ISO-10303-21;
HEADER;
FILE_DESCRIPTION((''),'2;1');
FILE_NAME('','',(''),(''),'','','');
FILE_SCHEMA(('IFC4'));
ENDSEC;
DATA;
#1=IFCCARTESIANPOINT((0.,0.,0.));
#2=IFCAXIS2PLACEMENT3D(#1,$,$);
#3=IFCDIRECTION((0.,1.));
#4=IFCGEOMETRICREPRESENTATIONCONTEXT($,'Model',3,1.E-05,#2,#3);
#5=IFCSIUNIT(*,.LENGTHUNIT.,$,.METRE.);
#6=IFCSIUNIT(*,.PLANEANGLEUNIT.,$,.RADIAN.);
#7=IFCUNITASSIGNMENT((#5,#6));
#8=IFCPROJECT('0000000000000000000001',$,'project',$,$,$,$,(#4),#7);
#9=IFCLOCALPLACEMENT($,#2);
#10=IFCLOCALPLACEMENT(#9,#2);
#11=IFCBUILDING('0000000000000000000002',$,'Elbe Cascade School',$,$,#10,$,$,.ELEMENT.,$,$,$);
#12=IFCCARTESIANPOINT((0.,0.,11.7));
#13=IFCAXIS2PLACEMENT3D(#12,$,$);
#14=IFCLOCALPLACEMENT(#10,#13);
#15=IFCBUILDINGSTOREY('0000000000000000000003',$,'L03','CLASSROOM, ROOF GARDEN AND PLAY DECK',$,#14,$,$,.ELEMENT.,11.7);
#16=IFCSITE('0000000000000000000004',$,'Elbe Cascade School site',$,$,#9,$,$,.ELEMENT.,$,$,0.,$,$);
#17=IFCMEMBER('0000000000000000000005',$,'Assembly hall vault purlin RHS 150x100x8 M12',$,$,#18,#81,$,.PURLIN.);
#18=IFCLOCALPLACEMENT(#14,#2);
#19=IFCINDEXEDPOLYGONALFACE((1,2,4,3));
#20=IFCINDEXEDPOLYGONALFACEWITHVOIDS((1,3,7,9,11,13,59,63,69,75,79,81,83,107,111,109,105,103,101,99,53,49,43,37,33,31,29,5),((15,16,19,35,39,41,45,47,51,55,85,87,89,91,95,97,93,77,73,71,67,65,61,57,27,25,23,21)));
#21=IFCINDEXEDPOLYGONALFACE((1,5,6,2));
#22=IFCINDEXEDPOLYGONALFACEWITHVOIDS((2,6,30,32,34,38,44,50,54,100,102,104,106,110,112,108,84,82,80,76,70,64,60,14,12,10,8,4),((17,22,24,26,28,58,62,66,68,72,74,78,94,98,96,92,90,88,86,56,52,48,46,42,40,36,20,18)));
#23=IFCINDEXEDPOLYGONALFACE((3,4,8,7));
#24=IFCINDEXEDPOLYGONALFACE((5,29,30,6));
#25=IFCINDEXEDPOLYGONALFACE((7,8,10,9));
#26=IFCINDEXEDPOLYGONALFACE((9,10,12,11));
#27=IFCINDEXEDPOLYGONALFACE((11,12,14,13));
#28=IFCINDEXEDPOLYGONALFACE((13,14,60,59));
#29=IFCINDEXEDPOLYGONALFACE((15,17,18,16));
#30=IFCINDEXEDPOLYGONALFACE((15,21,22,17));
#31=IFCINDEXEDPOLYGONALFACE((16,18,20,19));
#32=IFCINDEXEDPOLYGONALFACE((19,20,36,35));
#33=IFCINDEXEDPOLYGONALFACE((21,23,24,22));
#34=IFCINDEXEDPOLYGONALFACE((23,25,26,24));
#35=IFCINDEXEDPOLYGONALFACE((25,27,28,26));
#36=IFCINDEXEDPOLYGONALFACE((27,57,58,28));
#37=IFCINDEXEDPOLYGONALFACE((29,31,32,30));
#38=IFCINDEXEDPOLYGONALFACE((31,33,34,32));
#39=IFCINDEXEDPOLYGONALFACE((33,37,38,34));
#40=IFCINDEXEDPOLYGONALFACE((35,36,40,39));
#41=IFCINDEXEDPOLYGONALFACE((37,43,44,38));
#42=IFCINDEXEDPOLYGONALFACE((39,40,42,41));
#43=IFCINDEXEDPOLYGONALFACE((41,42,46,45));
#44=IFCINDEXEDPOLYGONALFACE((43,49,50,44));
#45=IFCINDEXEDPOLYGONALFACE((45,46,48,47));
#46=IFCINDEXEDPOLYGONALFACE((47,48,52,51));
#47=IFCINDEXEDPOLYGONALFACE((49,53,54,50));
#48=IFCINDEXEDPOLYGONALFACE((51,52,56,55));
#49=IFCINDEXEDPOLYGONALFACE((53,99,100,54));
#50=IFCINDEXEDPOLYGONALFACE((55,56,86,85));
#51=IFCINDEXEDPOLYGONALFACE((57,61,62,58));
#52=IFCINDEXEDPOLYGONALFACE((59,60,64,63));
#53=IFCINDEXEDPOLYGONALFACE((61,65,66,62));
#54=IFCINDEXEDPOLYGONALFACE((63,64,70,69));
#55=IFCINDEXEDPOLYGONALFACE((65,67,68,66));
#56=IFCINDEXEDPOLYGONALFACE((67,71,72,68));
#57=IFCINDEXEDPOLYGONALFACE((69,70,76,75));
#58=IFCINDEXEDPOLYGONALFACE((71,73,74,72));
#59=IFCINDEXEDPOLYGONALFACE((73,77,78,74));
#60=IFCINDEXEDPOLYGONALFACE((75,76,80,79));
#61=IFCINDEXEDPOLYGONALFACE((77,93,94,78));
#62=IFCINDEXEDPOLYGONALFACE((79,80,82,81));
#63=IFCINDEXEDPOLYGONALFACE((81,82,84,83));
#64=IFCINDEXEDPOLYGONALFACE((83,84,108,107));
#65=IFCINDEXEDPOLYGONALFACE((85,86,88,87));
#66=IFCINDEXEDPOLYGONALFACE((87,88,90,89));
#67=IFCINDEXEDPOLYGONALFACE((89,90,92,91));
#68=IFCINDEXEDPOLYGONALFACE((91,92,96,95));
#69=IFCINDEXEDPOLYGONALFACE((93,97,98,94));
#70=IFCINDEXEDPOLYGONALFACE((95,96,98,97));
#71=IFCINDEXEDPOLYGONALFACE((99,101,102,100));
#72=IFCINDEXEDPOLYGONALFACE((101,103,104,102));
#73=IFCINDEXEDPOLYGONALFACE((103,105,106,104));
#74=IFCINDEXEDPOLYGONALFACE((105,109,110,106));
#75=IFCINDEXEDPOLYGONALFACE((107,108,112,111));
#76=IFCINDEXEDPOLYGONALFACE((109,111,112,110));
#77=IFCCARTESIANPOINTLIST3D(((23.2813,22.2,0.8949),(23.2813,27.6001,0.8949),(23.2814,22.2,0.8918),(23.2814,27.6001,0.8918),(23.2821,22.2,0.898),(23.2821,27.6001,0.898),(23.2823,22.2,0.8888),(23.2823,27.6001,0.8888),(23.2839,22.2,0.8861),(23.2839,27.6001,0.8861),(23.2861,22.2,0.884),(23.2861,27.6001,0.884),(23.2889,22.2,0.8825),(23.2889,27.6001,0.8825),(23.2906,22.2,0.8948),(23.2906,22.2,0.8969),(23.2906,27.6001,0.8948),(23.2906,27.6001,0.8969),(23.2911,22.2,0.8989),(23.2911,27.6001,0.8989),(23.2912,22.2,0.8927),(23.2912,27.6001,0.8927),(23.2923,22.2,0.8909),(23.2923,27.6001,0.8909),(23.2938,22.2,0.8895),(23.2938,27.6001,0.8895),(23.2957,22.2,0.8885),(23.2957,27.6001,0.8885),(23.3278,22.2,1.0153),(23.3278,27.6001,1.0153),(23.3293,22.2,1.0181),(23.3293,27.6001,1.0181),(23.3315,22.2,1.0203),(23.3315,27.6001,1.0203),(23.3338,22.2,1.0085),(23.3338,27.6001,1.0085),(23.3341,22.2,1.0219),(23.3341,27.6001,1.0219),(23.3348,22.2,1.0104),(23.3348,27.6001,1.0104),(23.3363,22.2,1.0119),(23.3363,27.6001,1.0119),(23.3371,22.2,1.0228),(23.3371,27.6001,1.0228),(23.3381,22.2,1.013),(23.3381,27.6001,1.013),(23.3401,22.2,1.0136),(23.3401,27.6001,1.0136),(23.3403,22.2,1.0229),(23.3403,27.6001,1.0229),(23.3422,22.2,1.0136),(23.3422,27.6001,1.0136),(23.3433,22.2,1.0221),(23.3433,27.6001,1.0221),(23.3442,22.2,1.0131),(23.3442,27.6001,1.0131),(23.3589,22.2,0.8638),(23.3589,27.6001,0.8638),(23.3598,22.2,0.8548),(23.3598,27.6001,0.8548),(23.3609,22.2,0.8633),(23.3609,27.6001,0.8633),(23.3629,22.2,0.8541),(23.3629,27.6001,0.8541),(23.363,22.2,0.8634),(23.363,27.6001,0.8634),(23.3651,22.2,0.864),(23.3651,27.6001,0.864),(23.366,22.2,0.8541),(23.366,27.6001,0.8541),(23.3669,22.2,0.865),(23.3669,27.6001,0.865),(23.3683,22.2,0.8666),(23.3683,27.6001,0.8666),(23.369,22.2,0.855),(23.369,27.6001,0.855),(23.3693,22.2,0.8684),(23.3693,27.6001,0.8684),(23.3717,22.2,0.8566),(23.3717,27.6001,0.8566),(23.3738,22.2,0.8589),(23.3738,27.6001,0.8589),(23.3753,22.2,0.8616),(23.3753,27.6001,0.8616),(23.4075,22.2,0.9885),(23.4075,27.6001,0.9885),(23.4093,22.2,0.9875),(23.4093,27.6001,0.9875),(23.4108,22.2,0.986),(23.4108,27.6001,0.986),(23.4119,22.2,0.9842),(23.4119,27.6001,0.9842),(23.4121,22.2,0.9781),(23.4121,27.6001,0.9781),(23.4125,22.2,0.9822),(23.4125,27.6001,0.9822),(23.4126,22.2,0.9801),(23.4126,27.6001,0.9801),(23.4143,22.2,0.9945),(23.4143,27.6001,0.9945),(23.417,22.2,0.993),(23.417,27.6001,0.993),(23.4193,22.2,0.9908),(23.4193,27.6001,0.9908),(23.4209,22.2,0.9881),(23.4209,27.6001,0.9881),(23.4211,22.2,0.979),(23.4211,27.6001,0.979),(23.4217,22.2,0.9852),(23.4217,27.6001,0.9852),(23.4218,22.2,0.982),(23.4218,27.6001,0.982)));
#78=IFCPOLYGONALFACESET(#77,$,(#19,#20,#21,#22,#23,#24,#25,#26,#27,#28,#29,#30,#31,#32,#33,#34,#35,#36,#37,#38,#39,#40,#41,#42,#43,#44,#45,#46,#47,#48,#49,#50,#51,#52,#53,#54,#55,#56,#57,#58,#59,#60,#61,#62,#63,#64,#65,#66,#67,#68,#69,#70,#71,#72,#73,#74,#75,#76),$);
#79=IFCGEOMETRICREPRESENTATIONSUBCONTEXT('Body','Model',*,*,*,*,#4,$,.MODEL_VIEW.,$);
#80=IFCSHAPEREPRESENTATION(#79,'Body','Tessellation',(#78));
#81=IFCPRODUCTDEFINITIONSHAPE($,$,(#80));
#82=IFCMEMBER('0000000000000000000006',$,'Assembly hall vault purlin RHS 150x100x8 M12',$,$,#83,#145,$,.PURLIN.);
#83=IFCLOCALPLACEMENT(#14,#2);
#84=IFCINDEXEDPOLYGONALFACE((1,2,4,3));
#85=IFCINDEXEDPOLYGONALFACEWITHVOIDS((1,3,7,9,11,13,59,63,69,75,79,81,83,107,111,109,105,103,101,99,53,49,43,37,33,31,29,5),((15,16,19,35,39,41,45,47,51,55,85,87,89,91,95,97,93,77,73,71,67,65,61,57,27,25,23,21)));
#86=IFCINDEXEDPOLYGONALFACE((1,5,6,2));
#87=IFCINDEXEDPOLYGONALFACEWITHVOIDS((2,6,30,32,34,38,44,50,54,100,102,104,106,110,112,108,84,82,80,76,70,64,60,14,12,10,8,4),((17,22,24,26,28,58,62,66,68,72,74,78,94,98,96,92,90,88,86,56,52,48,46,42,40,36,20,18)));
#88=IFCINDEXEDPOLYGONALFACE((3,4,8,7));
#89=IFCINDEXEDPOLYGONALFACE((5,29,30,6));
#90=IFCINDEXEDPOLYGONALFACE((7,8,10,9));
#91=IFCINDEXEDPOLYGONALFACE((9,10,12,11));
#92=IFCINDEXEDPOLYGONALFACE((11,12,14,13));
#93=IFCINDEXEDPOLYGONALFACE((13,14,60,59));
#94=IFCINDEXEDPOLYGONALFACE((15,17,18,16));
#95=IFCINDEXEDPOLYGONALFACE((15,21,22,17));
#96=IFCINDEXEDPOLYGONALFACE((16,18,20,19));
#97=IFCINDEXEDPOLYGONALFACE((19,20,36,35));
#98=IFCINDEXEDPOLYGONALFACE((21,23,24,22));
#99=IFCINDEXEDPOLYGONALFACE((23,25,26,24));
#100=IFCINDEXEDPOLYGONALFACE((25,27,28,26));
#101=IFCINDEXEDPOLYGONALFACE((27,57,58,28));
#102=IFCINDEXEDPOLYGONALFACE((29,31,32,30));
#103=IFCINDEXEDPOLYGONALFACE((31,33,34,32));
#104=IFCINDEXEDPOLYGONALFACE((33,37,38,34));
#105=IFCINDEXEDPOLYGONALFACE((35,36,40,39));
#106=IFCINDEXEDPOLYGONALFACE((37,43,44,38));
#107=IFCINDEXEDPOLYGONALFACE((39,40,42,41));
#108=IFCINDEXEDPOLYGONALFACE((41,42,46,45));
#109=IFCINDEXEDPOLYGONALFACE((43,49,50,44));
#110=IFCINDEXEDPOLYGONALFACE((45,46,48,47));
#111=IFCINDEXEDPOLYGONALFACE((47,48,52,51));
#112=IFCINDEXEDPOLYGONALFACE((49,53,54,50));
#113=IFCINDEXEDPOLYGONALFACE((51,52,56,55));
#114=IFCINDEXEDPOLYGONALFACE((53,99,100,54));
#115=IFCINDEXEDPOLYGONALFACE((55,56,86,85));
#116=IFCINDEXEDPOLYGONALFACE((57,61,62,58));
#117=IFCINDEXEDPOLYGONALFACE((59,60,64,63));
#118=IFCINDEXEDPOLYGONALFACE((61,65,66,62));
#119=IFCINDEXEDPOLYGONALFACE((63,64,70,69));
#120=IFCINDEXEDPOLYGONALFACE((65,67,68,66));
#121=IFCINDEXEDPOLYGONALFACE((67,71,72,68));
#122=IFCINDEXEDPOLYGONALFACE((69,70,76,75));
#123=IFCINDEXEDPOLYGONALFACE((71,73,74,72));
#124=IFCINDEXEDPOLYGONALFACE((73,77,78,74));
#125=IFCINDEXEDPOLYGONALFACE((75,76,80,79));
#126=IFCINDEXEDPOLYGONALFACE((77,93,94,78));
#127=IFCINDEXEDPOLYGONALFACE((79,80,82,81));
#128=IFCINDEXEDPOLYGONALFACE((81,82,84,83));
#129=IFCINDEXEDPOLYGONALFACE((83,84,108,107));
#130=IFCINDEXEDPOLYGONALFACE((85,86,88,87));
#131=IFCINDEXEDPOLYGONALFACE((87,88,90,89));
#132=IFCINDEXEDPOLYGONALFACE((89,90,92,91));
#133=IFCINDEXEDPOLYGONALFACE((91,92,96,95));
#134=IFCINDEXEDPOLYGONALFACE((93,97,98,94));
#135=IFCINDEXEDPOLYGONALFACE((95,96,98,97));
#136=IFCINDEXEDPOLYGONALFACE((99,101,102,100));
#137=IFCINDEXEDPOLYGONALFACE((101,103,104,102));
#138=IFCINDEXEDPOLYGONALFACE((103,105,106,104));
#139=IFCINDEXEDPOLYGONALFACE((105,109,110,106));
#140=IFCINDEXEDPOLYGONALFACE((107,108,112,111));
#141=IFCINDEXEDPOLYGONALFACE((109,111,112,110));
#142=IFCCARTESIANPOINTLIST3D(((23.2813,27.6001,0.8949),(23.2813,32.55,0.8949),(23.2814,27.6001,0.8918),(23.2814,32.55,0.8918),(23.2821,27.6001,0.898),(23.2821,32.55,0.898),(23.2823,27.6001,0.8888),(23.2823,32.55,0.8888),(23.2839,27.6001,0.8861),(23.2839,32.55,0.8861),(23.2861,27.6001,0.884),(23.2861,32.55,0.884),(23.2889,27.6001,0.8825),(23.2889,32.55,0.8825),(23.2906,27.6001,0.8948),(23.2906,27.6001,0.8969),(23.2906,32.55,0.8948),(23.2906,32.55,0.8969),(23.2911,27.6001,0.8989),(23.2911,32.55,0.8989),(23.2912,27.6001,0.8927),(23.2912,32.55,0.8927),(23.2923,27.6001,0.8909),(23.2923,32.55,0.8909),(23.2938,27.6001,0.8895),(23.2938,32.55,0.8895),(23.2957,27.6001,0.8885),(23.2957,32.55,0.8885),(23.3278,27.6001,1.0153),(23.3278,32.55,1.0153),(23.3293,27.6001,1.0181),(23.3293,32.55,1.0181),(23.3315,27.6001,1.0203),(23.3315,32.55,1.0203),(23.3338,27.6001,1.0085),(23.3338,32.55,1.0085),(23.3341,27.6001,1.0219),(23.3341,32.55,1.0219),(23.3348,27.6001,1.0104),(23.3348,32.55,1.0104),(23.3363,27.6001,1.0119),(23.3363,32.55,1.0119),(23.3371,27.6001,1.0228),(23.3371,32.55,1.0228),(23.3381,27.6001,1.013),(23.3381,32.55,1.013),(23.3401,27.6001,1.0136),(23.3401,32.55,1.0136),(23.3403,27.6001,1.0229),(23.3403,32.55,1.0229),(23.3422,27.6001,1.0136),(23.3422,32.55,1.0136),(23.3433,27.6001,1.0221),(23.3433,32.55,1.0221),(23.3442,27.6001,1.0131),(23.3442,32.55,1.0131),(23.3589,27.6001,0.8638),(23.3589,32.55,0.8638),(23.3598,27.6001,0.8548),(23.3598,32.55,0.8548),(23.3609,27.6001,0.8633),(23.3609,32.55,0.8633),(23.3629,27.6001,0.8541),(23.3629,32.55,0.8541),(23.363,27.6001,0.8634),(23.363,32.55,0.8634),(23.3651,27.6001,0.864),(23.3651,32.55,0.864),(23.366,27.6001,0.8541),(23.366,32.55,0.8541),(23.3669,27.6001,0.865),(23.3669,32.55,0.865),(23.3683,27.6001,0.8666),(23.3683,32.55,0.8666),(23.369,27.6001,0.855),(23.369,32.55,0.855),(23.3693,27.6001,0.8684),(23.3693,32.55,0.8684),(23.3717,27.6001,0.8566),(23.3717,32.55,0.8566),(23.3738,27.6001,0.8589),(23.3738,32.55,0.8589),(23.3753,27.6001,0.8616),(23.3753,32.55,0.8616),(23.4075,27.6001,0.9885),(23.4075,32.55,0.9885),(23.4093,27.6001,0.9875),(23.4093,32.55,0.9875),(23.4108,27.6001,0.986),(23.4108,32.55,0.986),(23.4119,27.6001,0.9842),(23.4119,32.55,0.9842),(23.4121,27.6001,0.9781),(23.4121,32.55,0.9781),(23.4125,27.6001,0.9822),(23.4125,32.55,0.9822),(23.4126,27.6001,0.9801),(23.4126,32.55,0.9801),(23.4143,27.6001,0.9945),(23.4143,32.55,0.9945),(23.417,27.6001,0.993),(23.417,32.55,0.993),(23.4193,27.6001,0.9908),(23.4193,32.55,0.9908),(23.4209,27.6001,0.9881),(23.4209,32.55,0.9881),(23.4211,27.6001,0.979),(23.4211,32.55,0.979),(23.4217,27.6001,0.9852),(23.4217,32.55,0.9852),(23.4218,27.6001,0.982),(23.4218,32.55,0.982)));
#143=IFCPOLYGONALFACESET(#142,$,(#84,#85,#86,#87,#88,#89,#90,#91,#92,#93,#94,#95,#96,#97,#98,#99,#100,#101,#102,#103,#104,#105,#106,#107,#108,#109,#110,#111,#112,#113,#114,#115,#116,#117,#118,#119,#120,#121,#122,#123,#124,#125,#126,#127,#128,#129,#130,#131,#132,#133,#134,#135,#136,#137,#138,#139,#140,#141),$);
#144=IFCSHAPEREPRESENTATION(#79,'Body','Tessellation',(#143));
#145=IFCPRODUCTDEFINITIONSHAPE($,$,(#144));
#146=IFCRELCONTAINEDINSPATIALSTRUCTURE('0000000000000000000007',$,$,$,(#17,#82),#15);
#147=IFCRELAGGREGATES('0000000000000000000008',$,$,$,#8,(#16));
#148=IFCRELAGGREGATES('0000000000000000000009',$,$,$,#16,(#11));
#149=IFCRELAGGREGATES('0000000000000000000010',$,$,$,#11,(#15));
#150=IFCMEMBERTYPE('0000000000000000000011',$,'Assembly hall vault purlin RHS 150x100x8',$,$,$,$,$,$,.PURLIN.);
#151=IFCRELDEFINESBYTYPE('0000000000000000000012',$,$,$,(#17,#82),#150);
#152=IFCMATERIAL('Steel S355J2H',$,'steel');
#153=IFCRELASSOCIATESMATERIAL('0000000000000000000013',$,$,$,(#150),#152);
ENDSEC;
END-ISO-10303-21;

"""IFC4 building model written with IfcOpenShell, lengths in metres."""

from ifc_helpers import new_model, si_unit, direction, frame, origin, origin_2d, place, context, subcontext, project, spatial, hollow_rectangle, extrude, material, material_profile, profile_set, type_object, element, save


model = new_model("IFC4")

# Units and contexts
model_context = context("Model", 3, precision=1e-05, world=origin(), true_north=direction((0.0, 1.0)))
body_context = subcontext(model_context, "Body", "Model", "MODEL_VIEW")
ifc_project = project(units=[si_unit("LENGTHUNIT", "METRE"), si_unit("PLANEANGLEUNIT", "RADIAN")], contexts=[model_context])

# Site, building, storey
site_placement = place(None, origin())
site = spatial("IfcSite", under=ifc_project, at=site_placement, Name="Elbe Cascade School site", CompositionType="ELEMENT", RefElevation=0.0)
building_placement = place(site_placement, origin())
building = spatial("IfcBuilding", under=site, at=building_placement, Name="Elbe Cascade School", CompositionType="ELEMENT")
storey_placement = place(building_placement, frame((0.0, 0.0, 11.7)))
storey = spatial("IfcBuildingStorey", under=building, at=storey_placement, Name="L03", Description="CLASSROOM, ROOF GARDEN AND PLAY DECK", CompositionType="ELEMENT", Elevation=11.7)

# Members
ifc_material_1 = material(Name="Steel S355J2H", Category="steel")
ifc_material_profile_1 = material_profile(ifc_material_1, hollow_rectangle(XDim=0.1001, YDim=0.1499, WallThickness=0.0081, InnerFilletRadius=0.0081, OuterFilletRadius=0.012, at=origin_2d()), Name="RHS 150x100x8")
ifc_profile_set_1 = profile_set([ifc_material_profile_1], Name="Steel S355J2H")
member_type_1 = type_object("IfcMemberType", Name="Assembly hall vault purlin RHS 150x100x8", PredefinedType="PURLIN", material=ifc_profile_set_1)
member_1_placement = place(storey_placement, frame((23.3516, 22.2, 0.9385), z_axis=(0.0, 1.0, 0.0), x_axis=(-0.93176, 0.0, 0.363076)))
element("IfcMember", 1, at=member_1_placement, inside=storey, type_object=member_type_1, Name="Assembly hall vault purlin RHS 150x100x8 M12", PredefinedType="PURLIN", context=body_context, shape_type="SweptSolid", body=[
    extrude(hollow_rectangle(XDim=0.1001, YDim=0.1499, WallThickness=0.0081, InnerFilletRadius=0.0081, OuterFilletRadius=0.012, at=origin_2d()), origin(), (0.0, 0.0, 1.0), 5.4001),
])
for number, where, z_axis, x_axis, name in (
    (2, (23.3516, 27.6001, 0.9385), (0.0, 1.0, 0.0), (-0.93176, 0.0, 0.363076), "Assembly hall vault purlin RHS 150x100x8 M12"),
):
    element("IfcMember", number, at=place(storey_placement, frame(where, z_axis=z_axis, x_axis=x_axis)), inside=storey, type_object=member_type_1, Name=name, PredefinedType="PURLIN", context=body_context, shape_type="SweptSolid", body=[
        extrude(hollow_rectangle(XDim=0.1001, YDim=0.1499, WallThickness=0.0081, InnerFilletRadius=0.0081, OuterFilletRadius=0.012, at=origin_2d()), origin(), (0.0, 0.0, 1.0), 4.95),
    ])

save(model, "model.ifc")
